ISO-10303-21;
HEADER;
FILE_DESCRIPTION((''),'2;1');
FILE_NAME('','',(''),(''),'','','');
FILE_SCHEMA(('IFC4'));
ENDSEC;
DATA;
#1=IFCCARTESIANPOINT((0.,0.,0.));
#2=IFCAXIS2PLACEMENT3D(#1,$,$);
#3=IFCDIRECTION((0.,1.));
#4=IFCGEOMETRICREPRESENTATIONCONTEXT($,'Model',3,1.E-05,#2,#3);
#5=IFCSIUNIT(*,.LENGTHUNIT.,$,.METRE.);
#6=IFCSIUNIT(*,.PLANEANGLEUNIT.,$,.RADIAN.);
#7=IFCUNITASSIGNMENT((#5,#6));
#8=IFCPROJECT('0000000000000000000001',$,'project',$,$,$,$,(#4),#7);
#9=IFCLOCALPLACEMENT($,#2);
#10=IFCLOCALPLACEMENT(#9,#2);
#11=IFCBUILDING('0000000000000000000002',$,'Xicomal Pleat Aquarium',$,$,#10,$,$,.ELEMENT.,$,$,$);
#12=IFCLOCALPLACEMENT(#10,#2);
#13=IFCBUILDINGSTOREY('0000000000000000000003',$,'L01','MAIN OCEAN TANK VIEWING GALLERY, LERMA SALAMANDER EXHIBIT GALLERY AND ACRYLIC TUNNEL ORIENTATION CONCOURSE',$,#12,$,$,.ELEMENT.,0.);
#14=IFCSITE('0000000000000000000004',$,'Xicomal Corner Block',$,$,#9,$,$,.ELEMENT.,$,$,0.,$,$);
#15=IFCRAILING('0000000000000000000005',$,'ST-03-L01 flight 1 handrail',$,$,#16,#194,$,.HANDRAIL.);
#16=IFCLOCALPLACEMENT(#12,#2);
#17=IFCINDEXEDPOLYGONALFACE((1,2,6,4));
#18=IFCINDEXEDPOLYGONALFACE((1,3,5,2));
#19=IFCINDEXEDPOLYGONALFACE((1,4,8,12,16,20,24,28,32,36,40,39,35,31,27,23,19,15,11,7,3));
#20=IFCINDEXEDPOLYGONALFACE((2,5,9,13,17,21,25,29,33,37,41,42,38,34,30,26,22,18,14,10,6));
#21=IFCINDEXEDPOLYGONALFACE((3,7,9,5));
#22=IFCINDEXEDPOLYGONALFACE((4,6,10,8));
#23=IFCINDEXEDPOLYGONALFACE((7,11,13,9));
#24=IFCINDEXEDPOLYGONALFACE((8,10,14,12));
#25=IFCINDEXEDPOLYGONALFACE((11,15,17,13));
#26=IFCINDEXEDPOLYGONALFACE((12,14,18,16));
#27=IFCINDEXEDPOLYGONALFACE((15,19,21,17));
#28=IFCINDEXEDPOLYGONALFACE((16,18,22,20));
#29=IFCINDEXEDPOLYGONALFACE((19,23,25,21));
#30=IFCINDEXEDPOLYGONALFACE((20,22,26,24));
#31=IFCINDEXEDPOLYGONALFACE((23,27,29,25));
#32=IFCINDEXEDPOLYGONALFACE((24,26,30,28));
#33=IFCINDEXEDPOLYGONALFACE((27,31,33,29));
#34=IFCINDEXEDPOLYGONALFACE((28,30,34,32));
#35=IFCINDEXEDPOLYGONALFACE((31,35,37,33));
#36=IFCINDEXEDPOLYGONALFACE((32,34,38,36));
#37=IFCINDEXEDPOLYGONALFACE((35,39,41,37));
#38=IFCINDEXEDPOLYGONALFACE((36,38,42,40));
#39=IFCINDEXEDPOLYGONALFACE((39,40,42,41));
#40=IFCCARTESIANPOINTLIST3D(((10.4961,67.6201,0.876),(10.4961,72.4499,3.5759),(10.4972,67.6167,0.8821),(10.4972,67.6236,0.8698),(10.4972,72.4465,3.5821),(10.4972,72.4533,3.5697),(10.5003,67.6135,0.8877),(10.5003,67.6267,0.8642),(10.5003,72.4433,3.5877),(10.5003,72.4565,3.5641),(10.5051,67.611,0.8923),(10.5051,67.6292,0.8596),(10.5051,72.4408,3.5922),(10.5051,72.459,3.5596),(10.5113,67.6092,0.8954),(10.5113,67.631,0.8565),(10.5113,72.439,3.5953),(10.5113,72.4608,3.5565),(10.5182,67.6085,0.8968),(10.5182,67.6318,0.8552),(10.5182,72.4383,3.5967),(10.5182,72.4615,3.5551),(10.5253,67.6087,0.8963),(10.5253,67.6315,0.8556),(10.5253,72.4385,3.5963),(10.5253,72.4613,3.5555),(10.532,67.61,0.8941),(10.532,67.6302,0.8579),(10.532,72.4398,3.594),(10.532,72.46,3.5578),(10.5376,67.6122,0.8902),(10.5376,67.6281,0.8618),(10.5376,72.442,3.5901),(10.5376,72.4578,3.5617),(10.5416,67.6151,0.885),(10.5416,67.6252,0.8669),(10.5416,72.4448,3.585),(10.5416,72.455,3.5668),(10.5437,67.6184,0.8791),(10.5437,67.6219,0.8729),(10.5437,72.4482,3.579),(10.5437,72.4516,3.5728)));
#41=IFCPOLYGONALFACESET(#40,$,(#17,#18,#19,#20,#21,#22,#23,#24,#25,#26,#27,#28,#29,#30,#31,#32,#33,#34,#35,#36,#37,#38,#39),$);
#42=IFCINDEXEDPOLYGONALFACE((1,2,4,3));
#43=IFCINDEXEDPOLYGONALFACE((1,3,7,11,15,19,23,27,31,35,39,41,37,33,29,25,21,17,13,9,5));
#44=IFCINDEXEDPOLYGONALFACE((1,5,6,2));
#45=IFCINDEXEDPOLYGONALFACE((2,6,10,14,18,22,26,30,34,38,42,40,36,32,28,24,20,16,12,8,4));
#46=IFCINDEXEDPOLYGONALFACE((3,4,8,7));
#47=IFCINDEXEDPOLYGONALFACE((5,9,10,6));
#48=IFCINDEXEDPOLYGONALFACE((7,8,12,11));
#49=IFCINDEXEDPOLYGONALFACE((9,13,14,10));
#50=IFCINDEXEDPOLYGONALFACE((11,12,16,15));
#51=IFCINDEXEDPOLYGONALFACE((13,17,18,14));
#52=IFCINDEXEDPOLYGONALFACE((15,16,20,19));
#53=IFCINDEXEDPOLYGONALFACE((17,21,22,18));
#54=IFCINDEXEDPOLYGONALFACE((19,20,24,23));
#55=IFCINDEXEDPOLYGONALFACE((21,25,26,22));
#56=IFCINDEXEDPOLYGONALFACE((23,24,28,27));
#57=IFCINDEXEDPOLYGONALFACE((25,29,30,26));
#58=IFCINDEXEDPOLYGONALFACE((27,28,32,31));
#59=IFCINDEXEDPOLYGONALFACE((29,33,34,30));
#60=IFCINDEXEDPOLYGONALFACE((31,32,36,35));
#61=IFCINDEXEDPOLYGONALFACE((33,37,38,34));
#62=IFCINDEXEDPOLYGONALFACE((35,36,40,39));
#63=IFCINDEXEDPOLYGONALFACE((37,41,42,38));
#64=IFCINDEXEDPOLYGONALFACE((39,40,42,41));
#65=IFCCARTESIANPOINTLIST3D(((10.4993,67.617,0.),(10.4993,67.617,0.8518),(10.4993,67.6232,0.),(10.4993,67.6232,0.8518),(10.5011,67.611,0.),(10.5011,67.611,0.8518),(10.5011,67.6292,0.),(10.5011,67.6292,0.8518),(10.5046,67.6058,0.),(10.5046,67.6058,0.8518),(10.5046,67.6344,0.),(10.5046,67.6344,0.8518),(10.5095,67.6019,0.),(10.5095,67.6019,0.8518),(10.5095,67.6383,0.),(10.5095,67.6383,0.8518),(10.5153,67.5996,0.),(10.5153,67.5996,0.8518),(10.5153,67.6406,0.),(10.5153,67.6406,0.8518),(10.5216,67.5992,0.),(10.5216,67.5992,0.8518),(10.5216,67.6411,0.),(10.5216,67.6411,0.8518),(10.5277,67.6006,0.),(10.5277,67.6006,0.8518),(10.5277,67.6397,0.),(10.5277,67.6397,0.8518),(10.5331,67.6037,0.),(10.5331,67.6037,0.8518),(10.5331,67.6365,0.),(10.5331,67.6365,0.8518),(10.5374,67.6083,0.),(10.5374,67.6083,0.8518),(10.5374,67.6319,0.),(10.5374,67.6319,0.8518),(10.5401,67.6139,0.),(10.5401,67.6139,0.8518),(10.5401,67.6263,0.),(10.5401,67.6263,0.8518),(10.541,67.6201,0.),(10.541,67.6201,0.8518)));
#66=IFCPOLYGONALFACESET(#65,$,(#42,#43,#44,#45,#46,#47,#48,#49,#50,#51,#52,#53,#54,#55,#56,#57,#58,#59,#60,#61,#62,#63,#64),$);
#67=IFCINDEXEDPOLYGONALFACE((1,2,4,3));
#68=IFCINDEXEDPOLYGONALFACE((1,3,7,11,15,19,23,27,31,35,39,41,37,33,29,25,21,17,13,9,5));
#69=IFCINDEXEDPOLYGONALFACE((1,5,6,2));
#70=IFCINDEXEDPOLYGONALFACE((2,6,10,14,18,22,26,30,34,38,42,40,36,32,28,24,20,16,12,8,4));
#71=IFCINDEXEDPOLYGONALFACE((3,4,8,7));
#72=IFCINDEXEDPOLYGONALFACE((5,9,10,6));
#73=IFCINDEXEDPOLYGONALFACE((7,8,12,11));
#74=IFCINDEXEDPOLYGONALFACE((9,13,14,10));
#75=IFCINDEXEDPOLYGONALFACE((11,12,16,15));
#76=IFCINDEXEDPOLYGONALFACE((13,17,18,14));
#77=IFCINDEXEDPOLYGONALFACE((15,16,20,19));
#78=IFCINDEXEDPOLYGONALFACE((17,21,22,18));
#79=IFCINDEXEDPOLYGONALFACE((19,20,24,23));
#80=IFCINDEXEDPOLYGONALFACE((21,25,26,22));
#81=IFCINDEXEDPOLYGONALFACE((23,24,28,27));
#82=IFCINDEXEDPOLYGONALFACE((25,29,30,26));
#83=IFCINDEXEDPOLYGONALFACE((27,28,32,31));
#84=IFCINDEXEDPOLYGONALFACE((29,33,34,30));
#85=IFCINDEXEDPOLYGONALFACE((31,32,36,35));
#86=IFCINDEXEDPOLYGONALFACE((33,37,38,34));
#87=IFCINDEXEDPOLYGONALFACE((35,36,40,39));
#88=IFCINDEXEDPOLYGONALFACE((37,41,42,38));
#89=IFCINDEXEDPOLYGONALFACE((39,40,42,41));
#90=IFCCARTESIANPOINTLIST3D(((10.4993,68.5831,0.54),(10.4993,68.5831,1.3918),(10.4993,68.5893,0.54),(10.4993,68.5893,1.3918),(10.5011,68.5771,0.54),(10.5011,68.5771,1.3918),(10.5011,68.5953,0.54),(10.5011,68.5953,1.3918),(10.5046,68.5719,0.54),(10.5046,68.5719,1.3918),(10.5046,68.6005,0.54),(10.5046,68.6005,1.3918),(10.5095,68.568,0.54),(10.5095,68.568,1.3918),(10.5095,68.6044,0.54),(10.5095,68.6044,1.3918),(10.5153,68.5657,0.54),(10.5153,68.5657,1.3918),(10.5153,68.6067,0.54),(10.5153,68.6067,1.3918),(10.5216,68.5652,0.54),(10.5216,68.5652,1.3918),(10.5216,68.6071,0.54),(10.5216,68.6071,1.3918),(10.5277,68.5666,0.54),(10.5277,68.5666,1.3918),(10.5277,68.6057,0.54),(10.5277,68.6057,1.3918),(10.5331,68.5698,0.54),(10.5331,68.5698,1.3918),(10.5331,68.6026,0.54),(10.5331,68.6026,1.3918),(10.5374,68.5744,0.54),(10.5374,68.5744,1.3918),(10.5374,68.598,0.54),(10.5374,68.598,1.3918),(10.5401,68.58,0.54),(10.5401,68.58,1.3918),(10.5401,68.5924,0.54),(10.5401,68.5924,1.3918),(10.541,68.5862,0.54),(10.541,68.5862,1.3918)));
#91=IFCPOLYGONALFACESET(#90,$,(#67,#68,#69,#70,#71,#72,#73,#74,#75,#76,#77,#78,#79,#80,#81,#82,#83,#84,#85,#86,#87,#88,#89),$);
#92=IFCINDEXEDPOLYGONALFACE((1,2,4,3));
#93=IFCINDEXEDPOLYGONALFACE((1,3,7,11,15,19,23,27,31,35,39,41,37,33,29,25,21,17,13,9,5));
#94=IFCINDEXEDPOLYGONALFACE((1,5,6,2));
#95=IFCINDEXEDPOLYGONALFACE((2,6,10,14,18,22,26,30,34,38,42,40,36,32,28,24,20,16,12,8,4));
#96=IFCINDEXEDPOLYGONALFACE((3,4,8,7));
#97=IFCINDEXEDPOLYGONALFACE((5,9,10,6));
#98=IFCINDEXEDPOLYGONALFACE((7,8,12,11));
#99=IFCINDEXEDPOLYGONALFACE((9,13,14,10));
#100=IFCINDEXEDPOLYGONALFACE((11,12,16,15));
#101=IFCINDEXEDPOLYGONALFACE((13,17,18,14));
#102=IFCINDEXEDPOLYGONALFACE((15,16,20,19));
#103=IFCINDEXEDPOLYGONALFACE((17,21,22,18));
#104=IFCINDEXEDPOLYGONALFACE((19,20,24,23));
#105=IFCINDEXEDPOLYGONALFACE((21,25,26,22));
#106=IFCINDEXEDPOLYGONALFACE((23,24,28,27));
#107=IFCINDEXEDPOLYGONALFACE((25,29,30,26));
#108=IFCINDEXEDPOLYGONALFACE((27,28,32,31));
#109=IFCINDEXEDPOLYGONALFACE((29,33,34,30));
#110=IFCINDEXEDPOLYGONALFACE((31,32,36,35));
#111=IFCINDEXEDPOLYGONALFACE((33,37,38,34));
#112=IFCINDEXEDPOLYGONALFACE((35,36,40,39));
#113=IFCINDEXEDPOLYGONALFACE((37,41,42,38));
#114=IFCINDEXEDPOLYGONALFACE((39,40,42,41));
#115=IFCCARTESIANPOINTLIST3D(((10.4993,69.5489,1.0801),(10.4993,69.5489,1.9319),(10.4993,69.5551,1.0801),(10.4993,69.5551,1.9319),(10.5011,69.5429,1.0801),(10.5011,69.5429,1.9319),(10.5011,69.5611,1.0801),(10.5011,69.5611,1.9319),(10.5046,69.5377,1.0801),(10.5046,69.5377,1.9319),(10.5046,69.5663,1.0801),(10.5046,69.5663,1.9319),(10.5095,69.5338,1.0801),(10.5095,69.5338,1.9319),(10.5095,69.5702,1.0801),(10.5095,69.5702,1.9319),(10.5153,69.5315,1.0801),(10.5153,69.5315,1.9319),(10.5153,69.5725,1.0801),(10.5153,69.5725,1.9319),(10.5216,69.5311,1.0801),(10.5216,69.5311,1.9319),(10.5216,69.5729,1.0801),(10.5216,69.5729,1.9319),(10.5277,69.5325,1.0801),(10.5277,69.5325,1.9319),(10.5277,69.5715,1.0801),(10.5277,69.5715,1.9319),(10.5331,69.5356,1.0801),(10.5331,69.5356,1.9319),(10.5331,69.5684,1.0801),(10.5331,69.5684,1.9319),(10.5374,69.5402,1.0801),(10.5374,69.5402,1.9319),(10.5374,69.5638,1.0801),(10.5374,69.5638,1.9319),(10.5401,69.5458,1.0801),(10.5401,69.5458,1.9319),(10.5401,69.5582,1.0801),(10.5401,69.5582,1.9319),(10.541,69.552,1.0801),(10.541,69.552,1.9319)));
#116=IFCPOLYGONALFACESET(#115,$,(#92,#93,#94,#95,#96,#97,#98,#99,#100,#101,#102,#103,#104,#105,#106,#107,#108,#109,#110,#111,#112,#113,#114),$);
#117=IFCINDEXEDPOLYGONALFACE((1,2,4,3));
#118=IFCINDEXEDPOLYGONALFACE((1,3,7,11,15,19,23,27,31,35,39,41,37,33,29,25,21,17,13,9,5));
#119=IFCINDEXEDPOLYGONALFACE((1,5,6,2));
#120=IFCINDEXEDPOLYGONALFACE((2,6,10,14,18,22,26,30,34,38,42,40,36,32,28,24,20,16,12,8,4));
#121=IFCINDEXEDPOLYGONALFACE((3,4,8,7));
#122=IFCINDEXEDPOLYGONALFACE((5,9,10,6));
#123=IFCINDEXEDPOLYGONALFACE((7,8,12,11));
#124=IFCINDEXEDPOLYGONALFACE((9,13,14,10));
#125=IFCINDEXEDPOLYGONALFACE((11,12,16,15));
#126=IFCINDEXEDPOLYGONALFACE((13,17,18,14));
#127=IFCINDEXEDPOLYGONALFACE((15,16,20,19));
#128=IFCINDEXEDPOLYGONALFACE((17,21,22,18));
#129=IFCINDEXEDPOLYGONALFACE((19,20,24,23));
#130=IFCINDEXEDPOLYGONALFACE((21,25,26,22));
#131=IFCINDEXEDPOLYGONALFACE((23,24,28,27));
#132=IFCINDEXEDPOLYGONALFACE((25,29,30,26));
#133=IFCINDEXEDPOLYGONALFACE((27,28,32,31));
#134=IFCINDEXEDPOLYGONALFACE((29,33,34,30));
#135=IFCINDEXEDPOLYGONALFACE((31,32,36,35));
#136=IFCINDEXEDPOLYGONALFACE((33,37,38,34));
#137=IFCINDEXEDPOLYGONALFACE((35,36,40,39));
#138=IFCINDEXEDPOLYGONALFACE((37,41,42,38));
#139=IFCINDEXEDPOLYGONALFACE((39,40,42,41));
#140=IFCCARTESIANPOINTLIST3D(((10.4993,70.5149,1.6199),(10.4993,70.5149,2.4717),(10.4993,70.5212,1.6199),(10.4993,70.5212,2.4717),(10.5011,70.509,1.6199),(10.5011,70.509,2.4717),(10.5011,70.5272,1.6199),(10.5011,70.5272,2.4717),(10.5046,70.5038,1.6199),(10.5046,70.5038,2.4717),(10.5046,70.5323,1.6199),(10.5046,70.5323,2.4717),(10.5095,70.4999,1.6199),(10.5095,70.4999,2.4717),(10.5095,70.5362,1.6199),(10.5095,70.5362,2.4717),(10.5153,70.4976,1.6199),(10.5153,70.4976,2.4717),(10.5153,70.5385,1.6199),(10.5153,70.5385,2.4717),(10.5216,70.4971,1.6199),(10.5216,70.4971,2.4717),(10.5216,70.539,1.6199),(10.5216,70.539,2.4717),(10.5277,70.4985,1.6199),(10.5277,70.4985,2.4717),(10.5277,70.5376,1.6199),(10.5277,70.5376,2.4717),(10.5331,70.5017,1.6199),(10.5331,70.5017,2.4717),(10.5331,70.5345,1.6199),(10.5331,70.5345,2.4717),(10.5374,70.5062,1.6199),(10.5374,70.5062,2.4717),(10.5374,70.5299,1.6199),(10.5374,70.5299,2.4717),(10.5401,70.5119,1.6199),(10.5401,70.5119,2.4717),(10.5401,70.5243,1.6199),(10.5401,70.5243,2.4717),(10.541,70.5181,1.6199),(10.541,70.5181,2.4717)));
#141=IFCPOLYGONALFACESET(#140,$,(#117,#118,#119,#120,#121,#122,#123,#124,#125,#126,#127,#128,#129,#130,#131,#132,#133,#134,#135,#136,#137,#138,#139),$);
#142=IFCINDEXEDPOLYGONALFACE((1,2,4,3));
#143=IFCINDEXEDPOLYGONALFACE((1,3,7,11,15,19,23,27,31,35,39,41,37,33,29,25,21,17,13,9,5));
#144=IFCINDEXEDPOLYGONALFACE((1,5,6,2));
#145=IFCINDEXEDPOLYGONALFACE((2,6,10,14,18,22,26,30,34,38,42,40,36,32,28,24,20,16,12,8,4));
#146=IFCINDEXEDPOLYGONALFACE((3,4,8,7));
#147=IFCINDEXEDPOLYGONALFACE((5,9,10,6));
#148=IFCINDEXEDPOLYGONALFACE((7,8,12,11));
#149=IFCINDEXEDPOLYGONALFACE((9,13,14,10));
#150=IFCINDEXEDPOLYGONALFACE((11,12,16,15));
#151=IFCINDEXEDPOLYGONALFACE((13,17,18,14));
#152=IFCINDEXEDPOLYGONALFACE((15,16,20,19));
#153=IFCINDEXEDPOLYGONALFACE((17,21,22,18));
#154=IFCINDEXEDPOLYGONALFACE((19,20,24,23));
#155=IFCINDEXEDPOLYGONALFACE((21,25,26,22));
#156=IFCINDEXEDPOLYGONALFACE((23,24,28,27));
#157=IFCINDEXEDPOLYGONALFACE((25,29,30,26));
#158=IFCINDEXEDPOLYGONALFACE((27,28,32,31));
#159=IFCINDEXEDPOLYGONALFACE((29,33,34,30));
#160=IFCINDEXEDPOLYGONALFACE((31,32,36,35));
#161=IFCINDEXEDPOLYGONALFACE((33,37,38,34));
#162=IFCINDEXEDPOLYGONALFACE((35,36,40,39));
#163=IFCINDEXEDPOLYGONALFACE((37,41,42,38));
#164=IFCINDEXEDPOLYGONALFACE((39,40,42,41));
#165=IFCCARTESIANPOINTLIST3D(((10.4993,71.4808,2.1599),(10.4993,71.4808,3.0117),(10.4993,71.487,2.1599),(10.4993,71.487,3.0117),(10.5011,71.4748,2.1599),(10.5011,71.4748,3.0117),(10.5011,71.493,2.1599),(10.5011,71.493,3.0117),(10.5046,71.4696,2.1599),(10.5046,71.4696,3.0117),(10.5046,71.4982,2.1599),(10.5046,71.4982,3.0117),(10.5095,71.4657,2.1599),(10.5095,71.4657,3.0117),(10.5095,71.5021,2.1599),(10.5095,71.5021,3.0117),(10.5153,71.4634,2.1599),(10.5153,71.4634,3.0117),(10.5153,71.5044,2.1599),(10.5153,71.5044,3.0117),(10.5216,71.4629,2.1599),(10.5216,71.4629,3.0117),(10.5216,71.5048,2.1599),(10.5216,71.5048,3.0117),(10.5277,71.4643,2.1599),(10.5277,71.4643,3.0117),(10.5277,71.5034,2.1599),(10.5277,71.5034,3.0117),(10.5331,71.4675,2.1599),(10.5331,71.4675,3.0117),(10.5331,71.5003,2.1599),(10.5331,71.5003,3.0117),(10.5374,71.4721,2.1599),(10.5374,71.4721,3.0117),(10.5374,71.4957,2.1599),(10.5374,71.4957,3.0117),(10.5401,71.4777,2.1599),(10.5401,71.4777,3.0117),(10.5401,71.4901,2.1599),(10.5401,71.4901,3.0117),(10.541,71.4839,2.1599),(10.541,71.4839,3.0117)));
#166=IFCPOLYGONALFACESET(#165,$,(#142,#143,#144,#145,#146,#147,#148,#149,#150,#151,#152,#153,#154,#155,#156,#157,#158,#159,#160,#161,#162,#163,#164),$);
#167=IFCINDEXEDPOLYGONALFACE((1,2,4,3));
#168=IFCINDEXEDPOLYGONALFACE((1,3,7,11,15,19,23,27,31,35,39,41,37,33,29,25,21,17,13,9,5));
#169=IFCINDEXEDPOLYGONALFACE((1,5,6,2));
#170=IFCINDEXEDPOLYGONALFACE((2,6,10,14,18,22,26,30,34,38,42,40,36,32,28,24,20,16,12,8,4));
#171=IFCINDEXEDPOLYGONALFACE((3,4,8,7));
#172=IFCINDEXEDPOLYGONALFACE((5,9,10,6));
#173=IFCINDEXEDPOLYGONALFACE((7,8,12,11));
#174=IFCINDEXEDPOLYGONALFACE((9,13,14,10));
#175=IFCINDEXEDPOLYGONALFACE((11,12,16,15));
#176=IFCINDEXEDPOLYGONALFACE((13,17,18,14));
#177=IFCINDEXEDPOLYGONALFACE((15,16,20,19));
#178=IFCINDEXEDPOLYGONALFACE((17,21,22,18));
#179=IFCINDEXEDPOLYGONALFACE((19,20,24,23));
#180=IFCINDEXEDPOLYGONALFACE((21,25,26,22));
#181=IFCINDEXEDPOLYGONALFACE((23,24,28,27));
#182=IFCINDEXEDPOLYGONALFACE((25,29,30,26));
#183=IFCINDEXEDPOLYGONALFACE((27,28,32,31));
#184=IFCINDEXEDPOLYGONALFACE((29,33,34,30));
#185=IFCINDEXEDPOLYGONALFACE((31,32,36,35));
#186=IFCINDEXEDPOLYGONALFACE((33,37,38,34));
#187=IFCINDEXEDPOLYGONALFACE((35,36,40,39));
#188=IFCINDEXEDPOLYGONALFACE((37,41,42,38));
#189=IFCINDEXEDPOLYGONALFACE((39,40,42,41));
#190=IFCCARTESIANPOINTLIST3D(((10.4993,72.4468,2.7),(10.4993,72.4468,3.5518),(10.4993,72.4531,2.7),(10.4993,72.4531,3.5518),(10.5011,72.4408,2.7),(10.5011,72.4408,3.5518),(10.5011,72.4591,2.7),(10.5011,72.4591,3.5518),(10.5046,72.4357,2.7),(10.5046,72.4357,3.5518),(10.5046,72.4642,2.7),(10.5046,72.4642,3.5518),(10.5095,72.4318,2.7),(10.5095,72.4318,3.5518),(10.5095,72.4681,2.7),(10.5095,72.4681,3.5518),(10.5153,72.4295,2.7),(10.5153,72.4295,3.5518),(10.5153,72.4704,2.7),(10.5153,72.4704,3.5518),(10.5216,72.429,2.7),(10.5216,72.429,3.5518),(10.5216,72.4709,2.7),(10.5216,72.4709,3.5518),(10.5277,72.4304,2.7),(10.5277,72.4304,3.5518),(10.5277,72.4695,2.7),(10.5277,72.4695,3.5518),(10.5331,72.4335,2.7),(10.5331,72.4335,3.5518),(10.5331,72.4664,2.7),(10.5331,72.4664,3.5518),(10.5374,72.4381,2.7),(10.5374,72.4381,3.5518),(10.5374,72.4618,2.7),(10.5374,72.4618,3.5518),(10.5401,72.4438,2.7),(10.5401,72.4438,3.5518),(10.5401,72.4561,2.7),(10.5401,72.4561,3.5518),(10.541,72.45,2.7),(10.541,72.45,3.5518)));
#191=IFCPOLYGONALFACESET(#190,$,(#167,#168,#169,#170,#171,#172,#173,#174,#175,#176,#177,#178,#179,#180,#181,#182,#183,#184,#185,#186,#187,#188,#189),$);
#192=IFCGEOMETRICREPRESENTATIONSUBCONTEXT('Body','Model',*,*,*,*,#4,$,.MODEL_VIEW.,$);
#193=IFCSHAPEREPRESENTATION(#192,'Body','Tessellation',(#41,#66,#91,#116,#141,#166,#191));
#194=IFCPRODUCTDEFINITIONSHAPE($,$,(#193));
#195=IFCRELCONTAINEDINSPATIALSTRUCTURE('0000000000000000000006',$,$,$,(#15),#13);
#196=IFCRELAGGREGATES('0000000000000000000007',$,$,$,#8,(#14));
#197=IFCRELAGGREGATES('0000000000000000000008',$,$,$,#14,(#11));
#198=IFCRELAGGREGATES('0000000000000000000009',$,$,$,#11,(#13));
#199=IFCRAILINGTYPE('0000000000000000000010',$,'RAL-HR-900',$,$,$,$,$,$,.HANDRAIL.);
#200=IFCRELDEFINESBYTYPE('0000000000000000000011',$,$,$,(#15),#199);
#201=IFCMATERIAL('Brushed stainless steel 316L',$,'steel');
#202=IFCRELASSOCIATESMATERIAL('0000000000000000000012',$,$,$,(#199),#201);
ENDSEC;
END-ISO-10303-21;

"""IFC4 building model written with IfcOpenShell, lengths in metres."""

from ifc_helpers import new_model, si_unit, direction, frame, origin, origin_2d, place, context, subcontext, project, spatial, circle, extrude, material, type_object, element, save


model = new_model("IFC4")

# Units and contexts
model_context = context("Model", 3, precision=1e-05, world=origin(), true_north=direction((0.0, 1.0)))
body_context = subcontext(model_context, "Body", "Model", "MODEL_VIEW")
ifc_project = project(units=[si_unit("LENGTHUNIT", "METRE"), si_unit("PLANEANGLEUNIT", "RADIAN")], contexts=[model_context])

# Site, building, storey
site_placement = place(None, origin())
site = spatial("IfcSite", under=ifc_project, at=site_placement, Name="Xicomal Corner Block", CompositionType="ELEMENT", RefElevation=0.0)
building_placement = place(site_placement, origin())
building = spatial("IfcBuilding", under=site, at=building_placement, Name="Xicomal Pleat Aquarium", CompositionType="ELEMENT")
storey_placement = place(building_placement, origin())
storey = spatial("IfcBuildingStorey", under=building, at=storey_placement, Name="L01", Description="MAIN OCEAN TANK VIEWING GALLERY, LERMA SALAMANDER EXHIBIT GALLERY AND ACRYLIC TUNNEL ORIENTATION CONCOURSE", CompositionType="ELEMENT", Elevation=0.0)

# Railing
ifc_material_1 = material(Name="Brushed stainless steel 316L", Category="steel")
railing_type_1 = type_object("IfcRailingType", Name="RAL-HR-900", PredefinedType="HANDRAIL", material=ifc_material_1)
railing_1_placement = place(storey_placement, frame((10.52, 67.6201, 0.0)))
element("IfcRailing", 1, at=railing_1_placement, inside=storey, type_object=railing_type_1, Name="ST-03-L01 flight 1 handrail", PredefinedType="HANDRAIL", context=body_context, shape_type="SweptSolid", body=[
    extrude(circle(Radius=0.0239, at=origin_2d()), frame((0.0, 0.0, 0.876), z_axis=(0.0, 0.872872, 0.487949), x_axis=(-1.0, 0.0, 0.0)), (0.0, 0.0, 1.0), 5.5332),
    extrude(circle(Radius=0.021, at=origin_2d()), origin(), (0.0, 0.0, 1.0), 0.8518),
    extrude(circle(Radius=0.021, at=origin_2d()), frame((0.0, 0.9661, 0.54)), (0.0, 0.0, 1.0), 0.8518),
    extrude(circle(Radius=0.021, at=origin_2d()), frame((0.0, 1.9319, 1.0801)), (0.0, 0.0, 1.0), 0.8518),
    extrude(circle(Radius=0.021, at=origin_2d()), frame((0.0, 2.8979, 1.6199)), (0.0, 0.0, 1.0), 0.8518),
    extrude(circle(Radius=0.021, at=origin_2d()), frame((0.0, 3.8638, 2.1599)), (0.0, 0.0, 1.0), 0.8518),
    extrude(circle(Radius=0.021, at=origin_2d()), frame((0.0, 4.8298, 2.7)), (0.0, 0.0, 1.0), 0.8518),
])

save(model, "model.ifc")
